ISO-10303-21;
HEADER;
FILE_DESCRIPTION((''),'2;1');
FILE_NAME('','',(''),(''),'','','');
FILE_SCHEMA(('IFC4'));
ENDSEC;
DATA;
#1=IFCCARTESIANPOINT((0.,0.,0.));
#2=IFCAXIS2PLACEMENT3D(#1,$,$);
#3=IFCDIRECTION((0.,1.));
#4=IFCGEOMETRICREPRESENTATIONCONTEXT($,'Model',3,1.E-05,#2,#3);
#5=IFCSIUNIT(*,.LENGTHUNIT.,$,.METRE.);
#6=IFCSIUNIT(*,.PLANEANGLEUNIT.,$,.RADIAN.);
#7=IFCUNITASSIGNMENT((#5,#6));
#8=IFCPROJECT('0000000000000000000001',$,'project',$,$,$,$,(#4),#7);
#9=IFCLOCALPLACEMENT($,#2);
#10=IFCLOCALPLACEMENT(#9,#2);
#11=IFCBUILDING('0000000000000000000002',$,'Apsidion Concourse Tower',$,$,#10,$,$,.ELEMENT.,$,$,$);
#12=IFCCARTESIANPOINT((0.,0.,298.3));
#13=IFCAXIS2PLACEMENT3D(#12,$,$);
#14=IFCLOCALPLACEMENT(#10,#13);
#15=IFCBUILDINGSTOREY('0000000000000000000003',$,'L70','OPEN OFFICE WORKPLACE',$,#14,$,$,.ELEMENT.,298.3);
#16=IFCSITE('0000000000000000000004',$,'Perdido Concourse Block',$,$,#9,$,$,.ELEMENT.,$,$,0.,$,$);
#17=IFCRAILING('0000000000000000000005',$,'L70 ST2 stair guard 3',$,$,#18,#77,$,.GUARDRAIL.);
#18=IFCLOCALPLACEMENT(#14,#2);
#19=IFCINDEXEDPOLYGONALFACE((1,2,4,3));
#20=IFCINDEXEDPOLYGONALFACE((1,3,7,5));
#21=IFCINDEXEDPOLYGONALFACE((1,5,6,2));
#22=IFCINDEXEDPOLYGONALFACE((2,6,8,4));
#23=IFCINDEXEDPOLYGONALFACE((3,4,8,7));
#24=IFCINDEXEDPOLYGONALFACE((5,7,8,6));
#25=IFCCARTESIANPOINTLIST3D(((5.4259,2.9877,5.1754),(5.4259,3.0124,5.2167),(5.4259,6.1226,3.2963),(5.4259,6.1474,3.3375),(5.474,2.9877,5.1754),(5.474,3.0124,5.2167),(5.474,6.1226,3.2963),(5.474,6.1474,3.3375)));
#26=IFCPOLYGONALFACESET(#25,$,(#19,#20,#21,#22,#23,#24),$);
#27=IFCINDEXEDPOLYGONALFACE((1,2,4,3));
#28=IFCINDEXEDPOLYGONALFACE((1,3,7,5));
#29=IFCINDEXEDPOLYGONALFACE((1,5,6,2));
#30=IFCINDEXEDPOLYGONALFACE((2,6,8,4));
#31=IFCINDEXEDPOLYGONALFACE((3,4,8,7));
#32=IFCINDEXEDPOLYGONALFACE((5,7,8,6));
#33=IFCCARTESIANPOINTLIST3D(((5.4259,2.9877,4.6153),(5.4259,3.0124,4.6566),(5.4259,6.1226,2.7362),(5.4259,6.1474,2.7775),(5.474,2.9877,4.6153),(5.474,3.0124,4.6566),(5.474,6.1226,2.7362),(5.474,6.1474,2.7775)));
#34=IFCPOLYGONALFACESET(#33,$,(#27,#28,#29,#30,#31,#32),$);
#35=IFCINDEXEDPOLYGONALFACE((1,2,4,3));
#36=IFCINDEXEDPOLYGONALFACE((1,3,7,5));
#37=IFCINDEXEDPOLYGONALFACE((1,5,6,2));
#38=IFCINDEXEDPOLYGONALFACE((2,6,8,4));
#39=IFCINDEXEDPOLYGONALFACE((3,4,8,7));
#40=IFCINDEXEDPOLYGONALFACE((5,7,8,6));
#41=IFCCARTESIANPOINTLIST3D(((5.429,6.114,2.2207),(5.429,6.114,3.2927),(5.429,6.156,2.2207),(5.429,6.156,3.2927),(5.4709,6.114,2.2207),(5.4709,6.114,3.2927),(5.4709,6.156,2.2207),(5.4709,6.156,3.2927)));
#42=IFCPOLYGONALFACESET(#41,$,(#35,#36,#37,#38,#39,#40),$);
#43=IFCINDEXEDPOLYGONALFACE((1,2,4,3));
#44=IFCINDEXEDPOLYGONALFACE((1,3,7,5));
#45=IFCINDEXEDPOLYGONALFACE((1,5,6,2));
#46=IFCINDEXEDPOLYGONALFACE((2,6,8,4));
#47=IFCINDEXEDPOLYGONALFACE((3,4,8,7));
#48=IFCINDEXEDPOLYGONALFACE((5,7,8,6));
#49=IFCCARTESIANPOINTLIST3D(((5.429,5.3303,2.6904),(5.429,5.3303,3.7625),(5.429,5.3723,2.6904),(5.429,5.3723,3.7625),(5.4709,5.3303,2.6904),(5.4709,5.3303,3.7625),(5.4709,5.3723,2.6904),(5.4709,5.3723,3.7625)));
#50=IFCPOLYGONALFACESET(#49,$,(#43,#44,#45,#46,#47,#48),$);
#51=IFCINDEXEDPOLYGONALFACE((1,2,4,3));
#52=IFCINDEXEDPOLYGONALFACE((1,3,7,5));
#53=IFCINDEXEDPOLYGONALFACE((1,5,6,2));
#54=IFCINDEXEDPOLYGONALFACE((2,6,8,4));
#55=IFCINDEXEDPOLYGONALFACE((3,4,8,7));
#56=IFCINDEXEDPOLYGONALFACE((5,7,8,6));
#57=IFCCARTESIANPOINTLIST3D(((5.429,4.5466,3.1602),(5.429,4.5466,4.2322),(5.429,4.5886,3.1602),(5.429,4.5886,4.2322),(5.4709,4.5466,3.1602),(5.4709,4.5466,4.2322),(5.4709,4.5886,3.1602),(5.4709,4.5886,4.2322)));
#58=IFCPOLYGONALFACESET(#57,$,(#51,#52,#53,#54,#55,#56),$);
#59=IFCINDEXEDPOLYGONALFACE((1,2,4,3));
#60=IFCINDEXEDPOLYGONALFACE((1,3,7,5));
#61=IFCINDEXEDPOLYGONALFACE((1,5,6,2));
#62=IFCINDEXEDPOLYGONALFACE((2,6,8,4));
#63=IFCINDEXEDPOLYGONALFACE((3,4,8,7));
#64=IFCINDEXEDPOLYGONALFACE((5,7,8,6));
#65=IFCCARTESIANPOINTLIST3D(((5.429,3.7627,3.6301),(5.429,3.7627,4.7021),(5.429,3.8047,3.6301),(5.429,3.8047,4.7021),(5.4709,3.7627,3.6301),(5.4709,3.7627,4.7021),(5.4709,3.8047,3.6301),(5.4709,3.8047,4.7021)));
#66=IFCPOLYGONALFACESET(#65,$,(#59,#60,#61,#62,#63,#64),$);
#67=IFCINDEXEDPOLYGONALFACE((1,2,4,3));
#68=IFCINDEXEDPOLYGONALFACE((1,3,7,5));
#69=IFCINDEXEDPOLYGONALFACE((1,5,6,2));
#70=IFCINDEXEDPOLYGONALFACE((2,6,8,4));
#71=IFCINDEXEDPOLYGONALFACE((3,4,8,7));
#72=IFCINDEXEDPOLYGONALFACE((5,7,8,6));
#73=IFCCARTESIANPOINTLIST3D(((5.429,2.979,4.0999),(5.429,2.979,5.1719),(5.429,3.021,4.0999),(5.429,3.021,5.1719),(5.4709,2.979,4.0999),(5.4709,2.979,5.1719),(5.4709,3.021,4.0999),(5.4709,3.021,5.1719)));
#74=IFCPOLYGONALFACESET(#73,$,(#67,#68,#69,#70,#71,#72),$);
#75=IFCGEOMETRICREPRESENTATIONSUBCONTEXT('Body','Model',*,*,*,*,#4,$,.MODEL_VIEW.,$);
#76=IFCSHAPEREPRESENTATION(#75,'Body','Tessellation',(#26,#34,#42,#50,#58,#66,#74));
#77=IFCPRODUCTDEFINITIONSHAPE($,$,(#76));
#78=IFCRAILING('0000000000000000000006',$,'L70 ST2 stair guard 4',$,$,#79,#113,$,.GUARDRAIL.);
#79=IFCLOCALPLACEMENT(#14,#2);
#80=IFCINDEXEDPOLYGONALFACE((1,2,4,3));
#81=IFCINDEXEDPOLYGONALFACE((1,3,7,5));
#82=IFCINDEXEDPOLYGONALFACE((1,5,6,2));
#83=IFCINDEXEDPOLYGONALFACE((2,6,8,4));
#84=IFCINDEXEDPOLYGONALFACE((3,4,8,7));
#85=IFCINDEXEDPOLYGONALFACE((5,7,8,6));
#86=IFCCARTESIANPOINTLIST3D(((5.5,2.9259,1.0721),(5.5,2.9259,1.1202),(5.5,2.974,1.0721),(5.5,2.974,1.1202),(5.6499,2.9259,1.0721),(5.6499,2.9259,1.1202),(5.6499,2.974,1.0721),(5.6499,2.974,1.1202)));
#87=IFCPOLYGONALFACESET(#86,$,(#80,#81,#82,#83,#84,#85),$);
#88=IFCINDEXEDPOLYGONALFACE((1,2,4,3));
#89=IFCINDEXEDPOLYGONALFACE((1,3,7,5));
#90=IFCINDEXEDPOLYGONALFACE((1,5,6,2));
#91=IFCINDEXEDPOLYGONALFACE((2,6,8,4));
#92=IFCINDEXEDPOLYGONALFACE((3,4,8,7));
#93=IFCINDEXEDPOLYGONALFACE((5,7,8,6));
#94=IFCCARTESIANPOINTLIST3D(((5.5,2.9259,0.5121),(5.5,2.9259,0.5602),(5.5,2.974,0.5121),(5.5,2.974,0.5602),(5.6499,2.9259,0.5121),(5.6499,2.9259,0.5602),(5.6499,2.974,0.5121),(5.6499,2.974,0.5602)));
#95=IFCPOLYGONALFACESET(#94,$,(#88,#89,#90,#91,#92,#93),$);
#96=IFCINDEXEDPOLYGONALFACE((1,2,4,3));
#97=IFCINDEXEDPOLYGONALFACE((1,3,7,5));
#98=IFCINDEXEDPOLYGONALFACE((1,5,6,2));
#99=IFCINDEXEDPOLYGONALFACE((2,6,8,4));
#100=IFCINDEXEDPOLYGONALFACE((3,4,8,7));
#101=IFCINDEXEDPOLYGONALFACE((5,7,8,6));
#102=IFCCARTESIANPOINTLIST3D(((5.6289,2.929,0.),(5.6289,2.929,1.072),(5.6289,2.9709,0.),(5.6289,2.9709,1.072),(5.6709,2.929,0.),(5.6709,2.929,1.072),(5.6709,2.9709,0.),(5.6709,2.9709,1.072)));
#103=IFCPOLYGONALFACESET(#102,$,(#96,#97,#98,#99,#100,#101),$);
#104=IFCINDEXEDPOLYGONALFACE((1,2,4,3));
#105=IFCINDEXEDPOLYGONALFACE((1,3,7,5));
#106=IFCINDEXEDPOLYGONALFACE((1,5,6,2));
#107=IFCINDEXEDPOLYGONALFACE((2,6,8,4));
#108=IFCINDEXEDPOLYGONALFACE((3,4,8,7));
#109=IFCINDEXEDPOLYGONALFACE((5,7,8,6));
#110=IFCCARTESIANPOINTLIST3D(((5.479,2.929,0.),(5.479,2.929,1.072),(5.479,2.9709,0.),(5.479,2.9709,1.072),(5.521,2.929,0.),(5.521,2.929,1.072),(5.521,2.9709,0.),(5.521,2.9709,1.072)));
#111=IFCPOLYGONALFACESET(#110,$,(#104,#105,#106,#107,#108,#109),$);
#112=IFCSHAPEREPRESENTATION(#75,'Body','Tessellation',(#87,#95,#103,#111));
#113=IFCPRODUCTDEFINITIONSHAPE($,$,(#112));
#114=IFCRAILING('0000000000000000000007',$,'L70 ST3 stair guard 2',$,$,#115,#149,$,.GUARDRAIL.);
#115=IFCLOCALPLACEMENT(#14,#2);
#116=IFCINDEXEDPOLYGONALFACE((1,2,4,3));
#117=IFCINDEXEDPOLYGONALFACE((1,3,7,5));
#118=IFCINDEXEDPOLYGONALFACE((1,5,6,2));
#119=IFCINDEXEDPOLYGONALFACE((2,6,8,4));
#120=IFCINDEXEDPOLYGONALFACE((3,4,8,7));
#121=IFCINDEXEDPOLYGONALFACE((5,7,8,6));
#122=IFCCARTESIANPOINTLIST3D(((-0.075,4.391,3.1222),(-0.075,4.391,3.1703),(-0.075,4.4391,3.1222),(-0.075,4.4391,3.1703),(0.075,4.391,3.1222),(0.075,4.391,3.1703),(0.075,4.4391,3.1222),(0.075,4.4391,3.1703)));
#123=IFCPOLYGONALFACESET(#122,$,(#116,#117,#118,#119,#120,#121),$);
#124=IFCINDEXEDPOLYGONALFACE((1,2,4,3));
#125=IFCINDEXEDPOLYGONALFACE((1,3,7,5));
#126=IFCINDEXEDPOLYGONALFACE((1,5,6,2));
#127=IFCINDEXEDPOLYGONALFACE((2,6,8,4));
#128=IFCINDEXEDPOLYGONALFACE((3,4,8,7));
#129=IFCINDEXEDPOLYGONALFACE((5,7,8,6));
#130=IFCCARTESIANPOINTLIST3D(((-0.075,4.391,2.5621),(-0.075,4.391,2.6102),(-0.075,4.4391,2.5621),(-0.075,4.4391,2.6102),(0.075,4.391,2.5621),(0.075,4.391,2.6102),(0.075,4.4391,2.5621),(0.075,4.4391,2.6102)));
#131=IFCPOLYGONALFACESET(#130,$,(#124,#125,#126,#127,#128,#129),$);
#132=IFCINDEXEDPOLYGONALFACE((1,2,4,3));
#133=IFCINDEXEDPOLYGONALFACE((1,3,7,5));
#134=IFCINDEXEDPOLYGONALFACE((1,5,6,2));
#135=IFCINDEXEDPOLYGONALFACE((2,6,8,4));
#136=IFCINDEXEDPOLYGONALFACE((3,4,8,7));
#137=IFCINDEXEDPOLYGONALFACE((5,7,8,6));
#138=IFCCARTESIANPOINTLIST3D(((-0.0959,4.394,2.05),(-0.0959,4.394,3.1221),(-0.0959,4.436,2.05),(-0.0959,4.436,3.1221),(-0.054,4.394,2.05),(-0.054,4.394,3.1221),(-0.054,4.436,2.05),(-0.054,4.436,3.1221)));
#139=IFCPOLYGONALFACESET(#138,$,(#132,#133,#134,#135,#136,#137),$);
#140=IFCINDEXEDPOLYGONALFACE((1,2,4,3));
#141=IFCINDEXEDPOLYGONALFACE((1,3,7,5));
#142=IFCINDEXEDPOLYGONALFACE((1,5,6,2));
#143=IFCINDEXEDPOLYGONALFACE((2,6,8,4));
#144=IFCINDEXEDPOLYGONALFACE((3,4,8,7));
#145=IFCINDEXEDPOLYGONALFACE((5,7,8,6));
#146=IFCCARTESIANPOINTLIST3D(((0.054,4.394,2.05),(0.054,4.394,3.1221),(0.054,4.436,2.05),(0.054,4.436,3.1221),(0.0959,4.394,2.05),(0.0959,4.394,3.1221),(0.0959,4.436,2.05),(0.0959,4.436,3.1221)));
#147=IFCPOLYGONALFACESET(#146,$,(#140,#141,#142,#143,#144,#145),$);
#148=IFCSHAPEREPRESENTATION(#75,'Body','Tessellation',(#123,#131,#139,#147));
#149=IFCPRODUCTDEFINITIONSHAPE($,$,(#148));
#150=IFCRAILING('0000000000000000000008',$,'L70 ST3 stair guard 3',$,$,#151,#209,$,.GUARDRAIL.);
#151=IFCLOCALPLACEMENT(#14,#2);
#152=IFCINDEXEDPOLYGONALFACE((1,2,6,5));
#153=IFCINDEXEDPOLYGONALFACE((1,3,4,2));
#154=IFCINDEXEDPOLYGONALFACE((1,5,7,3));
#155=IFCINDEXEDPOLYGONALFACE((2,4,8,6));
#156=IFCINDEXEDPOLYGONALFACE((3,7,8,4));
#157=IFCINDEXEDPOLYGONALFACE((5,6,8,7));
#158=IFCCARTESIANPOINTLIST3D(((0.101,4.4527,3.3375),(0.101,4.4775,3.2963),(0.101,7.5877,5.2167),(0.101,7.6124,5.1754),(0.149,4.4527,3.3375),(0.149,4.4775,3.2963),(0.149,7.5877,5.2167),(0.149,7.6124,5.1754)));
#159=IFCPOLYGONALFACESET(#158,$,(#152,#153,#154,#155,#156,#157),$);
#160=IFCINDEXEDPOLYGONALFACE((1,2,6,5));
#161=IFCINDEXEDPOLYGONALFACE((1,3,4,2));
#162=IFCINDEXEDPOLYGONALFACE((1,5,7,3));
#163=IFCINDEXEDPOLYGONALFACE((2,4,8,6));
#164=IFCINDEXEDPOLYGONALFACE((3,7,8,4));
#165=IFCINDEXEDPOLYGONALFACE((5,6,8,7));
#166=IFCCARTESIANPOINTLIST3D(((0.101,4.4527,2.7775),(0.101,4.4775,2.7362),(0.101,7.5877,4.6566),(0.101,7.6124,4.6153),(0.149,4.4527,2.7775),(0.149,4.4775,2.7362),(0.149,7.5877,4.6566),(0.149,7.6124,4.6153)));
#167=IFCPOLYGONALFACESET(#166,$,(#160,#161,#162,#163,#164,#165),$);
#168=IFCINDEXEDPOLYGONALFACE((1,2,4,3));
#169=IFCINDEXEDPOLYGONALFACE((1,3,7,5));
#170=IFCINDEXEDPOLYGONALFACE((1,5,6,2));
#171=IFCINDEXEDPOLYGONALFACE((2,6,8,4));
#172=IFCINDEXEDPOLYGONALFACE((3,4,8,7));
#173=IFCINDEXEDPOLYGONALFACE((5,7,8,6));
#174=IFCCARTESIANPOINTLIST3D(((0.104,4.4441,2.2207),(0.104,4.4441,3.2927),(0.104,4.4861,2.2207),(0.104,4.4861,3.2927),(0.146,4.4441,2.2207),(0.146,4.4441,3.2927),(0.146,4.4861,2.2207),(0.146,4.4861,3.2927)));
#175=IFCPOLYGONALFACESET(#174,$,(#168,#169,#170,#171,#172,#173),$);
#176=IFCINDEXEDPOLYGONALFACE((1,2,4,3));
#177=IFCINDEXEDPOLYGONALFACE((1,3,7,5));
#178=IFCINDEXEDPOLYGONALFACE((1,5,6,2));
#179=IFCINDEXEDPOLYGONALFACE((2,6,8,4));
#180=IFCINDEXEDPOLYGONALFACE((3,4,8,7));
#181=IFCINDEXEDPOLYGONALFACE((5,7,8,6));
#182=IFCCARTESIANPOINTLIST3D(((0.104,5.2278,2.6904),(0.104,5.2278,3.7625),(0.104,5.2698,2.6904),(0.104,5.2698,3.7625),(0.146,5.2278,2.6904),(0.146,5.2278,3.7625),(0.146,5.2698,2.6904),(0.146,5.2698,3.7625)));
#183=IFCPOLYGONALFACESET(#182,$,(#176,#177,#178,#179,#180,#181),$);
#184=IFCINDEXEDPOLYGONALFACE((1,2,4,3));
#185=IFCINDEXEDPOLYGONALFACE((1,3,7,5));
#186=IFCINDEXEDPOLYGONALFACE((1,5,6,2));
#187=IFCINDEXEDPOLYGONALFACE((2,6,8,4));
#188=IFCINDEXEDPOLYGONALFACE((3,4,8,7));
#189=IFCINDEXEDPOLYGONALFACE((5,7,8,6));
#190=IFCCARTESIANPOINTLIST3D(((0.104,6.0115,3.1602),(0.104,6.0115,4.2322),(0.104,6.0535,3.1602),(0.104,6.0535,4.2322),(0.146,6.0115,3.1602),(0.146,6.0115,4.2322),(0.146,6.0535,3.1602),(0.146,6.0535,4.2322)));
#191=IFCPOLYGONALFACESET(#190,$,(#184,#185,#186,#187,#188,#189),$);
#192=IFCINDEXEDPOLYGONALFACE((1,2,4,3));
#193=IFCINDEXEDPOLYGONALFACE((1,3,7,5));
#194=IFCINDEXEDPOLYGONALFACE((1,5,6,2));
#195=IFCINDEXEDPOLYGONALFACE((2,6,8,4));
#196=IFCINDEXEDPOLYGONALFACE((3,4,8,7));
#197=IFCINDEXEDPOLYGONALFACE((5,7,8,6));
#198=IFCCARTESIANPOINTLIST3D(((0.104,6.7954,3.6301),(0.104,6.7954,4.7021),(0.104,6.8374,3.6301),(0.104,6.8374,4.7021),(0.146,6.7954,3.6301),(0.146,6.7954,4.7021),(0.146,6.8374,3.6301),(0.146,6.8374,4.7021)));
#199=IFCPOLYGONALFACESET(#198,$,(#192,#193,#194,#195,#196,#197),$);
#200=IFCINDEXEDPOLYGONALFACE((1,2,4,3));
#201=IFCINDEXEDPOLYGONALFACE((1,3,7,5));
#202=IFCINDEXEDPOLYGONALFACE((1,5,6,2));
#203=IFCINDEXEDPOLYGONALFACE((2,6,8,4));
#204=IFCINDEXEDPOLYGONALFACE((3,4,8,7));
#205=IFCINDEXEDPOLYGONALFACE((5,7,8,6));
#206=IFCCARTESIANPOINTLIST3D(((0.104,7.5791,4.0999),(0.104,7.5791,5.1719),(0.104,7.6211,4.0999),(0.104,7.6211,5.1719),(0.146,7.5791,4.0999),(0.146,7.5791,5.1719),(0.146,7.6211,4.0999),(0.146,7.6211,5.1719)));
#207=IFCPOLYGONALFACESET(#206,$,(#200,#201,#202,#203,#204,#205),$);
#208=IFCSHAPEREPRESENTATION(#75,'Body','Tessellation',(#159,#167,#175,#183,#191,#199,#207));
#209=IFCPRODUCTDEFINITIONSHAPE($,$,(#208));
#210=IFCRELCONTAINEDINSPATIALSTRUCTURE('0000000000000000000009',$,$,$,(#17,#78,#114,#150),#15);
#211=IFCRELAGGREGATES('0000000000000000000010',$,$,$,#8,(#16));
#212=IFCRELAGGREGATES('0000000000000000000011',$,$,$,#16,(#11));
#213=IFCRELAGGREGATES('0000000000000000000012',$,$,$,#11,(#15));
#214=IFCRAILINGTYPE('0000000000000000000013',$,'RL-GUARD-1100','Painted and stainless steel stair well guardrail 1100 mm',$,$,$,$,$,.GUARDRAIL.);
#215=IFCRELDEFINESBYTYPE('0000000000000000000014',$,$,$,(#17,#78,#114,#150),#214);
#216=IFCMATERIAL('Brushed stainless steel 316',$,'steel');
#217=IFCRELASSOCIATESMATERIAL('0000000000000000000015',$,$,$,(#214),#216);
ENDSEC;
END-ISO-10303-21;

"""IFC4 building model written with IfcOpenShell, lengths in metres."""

from ifc_helpers import new_model, si_unit, direction, frame, origin, origin_2d, place, context, subcontext, project, spatial, rectangle, extrude, material, type_object, element, save


model = new_model("IFC4")

# Units and contexts
model_context = context("Model", 3, precision=1e-05, world=origin(), true_north=direction((0.0, 1.0)))
body_context = subcontext(model_context, "Body", "Model", "MODEL_VIEW")
ifc_project = project(units=[si_unit("LENGTHUNIT", "METRE"), si_unit("PLANEANGLEUNIT", "RADIAN")], contexts=[model_context])

# Site, building, storey
site_placement = place(None, origin())
site = spatial("IfcSite", under=ifc_project, at=site_placement, Name="Perdido Concourse Block", CompositionType="ELEMENT", RefElevation=0.0)
building_placement = place(site_placement, origin())
building = spatial("IfcBuilding", under=site, at=building_placement, Name="Apsidion Concourse Tower", CompositionType="ELEMENT")
storey_placement = place(building_placement, frame((0.0, 0.0, 298.3)))
storey = spatial("IfcBuildingStorey", under=building, at=storey_placement, Name="L70", Description="OPEN OFFICE WORKPLACE", CompositionType="ELEMENT", Elevation=298.3)

# Railings
ifc_material_1 = material(Name="Brushed stainless steel 316", Category="steel")
railing_type_1 = type_object("IfcRailingType", Name="RL-GUARD-1100", Description="Painted and stainless steel stair well guardrail 1100 mm", PredefinedType="GUARDRAIL", material=ifc_material_1)
railing_1_placement = place(storey_placement, frame((5.45, 6.135, 2.2207)))
element("IfcRailing", 1, at=railing_1_placement, inside=storey, type_object=railing_type_1, Name="L70 ST2 stair guard 3", PredefinedType="GUARDRAIL", context=body_context, shape_type="SweptSolid", body=[
    extrude(rectangle(XDim=0.0481, YDim=0.0481, at=origin_2d()), frame((0.0, 0.0, 1.0962), z_axis=(0.0, -0.857717, 0.514122), x_axis=(1.0, 0.0, 0.0)), (0.0, 0.0, 1.0), 3.655),
    extrude(rectangle(XDim=0.0481, YDim=0.0481, at=origin_2d()), frame((0.0, 0.0, 0.5361), z_axis=(0.0, -0.857717, 0.514122), x_axis=(1.0, 0.0, 0.0)), (0.0, 0.0, 1.0), 3.655),
    extrude(rectangle(XDim=0.042, YDim=0.042, at=origin_2d()), origin(), (0.0, 0.0, 1.0), 1.072),
    extrude(rectangle(XDim=0.042, YDim=0.042, at=origin_2d()), frame((0.0, -0.7837, 0.4697)), (0.0, 0.0, 1.0), 1.072),
    extrude(rectangle(XDim=0.042, YDim=0.042, at=origin_2d()), frame((0.0, -1.5674, 0.9395)), (0.0, 0.0, 1.0), 1.072),
    extrude(rectangle(XDim=0.042, YDim=0.042, at=origin_2d()), frame((0.0, -2.3513, 1.4094)), (0.0, 0.0, 1.0), 1.072),
    extrude(rectangle(XDim=0.042, YDim=0.042, at=origin_2d()), frame((0.0, -3.135, 1.8792)), (0.0, 0.0, 1.0), 1.072),
])
railing_2_placement = place(storey_placement, frame((5.6499, 2.95, 0.0)))
element("IfcRailing", 2, at=railing_2_placement, inside=storey, type_object=railing_type_1, Name="L70 ST2 stair guard 4", PredefinedType="GUARDRAIL", context=body_context, shape_type="SweptSolid", body=[
    extrude(rectangle(XDim=0.0481, YDim=0.0481, at=origin_2d()), frame((0.0, 0.0, 1.0962), z_axis=(-1.0, 0.0, 0.0), x_axis=(0.0, -1.0, 0.0)), (0.0, 0.0, 1.0), 0.1499),
    extrude(rectangle(XDim=0.0481, YDim=0.0481, at=origin_2d()), frame((0.0, 0.0, 0.5361), z_axis=(-1.0, 0.0, 0.0), x_axis=(0.0, -1.0, 0.0)), (0.0, 0.0, 1.0), 0.1499),
    extrude(rectangle(XDim=0.042, YDim=0.042, at=origin_2d()), origin(), (0.0, 0.0, 1.0), 1.072),
    extrude(rectangle(XDim=0.042, YDim=0.042, at=origin_2d()), frame((-0.1499, 0.0, 0.0)), (0.0, 0.0, 1.0), 1.072),
])
railing_3_placement = place(storey_placement, frame((-0.075, 4.415, 2.05)))
element("IfcRailing", 3, at=railing_3_placement, inside=storey, type_object=railing_type_1, Name="L70 ST3 stair guard 2", PredefinedType="GUARDRAIL", context=body_context, shape_type="SweptSolid", body=[
    extrude(rectangle(XDim=0.0481, YDim=0.0481, at=origin_2d()), frame((0.0, 0.0, 1.0962), z_axis=(1.0, 0.0, 0.0), x_axis=(0.0, 1.0, 0.0)), (0.0, 0.0, 1.0), 0.1499),
    extrude(rectangle(XDim=0.0481, YDim=0.0481, at=origin_2d()), frame((0.0, 0.0, 0.5361), z_axis=(1.0, 0.0, 0.0), x_axis=(0.0, 1.0, 0.0)), (0.0, 0.0, 1.0), 0.1499),
    extrude(rectangle(XDim=0.042, YDim=0.042, at=origin_2d()), origin(), (0.0, 0.0, 1.0), 1.072),
    extrude(rectangle(XDim=0.042, YDim=0.042, at=origin_2d()), frame((0.1499, 0.0, 0.0)), (0.0, 0.0, 1.0), 1.072),
])
railing_4_placement = place(storey_placement, frame((0.125, 4.4651, 2.2207)))
element("IfcRailing", 4, at=railing_4_placement, inside=storey, type_object=railing_type_1, Name="L70 ST3 stair guard 3", PredefinedType="GUARDRAIL", context=body_context, shape_type="SweptSolid", body=[
    extrude(rectangle(XDim=0.0481, YDim=0.0481, at=origin_2d()), frame((0.0, 0.0, 1.0962), z_axis=(0.0, 0.857717, 0.514122), x_axis=(-1.0, 0.0, 0.0)), (0.0, 0.0, 1.0), 3.655),
    extrude(rectangle(XDim=0.0481, YDim=0.0481, at=origin_2d()), frame((0.0, 0.0, 0.5361), z_axis=(0.0, 0.857717, 0.514122), x_axis=(-1.0, 0.0, 0.0)), (0.0, 0.0, 1.0), 3.655),
    extrude(rectangle(XDim=0.042, YDim=0.042, at=origin_2d()), origin(), (0.0, 0.0, 1.0), 1.072),
    extrude(rectangle(XDim=0.042, YDim=0.042, at=origin_2d()), frame((0.0, 0.7837, 0.4697)), (0.0, 0.0, 1.0), 1.072),
    extrude(rectangle(XDim=0.042, YDim=0.042, at=origin_2d()), frame((0.0, 1.5674, 0.9395)), (0.0, 0.0, 1.0), 1.072),
    extrude(rectangle(XDim=0.042, YDim=0.042, at=origin_2d()), frame((0.0, 2.3513, 1.4094)), (0.0, 0.0, 1.0), 1.072),
    extrude(rectangle(XDim=0.042, YDim=0.042, at=origin_2d()), frame((0.0, 3.135, 1.8792)), (0.0, 0.0, 1.0), 1.072),
])

save(model, "model.ifc")
